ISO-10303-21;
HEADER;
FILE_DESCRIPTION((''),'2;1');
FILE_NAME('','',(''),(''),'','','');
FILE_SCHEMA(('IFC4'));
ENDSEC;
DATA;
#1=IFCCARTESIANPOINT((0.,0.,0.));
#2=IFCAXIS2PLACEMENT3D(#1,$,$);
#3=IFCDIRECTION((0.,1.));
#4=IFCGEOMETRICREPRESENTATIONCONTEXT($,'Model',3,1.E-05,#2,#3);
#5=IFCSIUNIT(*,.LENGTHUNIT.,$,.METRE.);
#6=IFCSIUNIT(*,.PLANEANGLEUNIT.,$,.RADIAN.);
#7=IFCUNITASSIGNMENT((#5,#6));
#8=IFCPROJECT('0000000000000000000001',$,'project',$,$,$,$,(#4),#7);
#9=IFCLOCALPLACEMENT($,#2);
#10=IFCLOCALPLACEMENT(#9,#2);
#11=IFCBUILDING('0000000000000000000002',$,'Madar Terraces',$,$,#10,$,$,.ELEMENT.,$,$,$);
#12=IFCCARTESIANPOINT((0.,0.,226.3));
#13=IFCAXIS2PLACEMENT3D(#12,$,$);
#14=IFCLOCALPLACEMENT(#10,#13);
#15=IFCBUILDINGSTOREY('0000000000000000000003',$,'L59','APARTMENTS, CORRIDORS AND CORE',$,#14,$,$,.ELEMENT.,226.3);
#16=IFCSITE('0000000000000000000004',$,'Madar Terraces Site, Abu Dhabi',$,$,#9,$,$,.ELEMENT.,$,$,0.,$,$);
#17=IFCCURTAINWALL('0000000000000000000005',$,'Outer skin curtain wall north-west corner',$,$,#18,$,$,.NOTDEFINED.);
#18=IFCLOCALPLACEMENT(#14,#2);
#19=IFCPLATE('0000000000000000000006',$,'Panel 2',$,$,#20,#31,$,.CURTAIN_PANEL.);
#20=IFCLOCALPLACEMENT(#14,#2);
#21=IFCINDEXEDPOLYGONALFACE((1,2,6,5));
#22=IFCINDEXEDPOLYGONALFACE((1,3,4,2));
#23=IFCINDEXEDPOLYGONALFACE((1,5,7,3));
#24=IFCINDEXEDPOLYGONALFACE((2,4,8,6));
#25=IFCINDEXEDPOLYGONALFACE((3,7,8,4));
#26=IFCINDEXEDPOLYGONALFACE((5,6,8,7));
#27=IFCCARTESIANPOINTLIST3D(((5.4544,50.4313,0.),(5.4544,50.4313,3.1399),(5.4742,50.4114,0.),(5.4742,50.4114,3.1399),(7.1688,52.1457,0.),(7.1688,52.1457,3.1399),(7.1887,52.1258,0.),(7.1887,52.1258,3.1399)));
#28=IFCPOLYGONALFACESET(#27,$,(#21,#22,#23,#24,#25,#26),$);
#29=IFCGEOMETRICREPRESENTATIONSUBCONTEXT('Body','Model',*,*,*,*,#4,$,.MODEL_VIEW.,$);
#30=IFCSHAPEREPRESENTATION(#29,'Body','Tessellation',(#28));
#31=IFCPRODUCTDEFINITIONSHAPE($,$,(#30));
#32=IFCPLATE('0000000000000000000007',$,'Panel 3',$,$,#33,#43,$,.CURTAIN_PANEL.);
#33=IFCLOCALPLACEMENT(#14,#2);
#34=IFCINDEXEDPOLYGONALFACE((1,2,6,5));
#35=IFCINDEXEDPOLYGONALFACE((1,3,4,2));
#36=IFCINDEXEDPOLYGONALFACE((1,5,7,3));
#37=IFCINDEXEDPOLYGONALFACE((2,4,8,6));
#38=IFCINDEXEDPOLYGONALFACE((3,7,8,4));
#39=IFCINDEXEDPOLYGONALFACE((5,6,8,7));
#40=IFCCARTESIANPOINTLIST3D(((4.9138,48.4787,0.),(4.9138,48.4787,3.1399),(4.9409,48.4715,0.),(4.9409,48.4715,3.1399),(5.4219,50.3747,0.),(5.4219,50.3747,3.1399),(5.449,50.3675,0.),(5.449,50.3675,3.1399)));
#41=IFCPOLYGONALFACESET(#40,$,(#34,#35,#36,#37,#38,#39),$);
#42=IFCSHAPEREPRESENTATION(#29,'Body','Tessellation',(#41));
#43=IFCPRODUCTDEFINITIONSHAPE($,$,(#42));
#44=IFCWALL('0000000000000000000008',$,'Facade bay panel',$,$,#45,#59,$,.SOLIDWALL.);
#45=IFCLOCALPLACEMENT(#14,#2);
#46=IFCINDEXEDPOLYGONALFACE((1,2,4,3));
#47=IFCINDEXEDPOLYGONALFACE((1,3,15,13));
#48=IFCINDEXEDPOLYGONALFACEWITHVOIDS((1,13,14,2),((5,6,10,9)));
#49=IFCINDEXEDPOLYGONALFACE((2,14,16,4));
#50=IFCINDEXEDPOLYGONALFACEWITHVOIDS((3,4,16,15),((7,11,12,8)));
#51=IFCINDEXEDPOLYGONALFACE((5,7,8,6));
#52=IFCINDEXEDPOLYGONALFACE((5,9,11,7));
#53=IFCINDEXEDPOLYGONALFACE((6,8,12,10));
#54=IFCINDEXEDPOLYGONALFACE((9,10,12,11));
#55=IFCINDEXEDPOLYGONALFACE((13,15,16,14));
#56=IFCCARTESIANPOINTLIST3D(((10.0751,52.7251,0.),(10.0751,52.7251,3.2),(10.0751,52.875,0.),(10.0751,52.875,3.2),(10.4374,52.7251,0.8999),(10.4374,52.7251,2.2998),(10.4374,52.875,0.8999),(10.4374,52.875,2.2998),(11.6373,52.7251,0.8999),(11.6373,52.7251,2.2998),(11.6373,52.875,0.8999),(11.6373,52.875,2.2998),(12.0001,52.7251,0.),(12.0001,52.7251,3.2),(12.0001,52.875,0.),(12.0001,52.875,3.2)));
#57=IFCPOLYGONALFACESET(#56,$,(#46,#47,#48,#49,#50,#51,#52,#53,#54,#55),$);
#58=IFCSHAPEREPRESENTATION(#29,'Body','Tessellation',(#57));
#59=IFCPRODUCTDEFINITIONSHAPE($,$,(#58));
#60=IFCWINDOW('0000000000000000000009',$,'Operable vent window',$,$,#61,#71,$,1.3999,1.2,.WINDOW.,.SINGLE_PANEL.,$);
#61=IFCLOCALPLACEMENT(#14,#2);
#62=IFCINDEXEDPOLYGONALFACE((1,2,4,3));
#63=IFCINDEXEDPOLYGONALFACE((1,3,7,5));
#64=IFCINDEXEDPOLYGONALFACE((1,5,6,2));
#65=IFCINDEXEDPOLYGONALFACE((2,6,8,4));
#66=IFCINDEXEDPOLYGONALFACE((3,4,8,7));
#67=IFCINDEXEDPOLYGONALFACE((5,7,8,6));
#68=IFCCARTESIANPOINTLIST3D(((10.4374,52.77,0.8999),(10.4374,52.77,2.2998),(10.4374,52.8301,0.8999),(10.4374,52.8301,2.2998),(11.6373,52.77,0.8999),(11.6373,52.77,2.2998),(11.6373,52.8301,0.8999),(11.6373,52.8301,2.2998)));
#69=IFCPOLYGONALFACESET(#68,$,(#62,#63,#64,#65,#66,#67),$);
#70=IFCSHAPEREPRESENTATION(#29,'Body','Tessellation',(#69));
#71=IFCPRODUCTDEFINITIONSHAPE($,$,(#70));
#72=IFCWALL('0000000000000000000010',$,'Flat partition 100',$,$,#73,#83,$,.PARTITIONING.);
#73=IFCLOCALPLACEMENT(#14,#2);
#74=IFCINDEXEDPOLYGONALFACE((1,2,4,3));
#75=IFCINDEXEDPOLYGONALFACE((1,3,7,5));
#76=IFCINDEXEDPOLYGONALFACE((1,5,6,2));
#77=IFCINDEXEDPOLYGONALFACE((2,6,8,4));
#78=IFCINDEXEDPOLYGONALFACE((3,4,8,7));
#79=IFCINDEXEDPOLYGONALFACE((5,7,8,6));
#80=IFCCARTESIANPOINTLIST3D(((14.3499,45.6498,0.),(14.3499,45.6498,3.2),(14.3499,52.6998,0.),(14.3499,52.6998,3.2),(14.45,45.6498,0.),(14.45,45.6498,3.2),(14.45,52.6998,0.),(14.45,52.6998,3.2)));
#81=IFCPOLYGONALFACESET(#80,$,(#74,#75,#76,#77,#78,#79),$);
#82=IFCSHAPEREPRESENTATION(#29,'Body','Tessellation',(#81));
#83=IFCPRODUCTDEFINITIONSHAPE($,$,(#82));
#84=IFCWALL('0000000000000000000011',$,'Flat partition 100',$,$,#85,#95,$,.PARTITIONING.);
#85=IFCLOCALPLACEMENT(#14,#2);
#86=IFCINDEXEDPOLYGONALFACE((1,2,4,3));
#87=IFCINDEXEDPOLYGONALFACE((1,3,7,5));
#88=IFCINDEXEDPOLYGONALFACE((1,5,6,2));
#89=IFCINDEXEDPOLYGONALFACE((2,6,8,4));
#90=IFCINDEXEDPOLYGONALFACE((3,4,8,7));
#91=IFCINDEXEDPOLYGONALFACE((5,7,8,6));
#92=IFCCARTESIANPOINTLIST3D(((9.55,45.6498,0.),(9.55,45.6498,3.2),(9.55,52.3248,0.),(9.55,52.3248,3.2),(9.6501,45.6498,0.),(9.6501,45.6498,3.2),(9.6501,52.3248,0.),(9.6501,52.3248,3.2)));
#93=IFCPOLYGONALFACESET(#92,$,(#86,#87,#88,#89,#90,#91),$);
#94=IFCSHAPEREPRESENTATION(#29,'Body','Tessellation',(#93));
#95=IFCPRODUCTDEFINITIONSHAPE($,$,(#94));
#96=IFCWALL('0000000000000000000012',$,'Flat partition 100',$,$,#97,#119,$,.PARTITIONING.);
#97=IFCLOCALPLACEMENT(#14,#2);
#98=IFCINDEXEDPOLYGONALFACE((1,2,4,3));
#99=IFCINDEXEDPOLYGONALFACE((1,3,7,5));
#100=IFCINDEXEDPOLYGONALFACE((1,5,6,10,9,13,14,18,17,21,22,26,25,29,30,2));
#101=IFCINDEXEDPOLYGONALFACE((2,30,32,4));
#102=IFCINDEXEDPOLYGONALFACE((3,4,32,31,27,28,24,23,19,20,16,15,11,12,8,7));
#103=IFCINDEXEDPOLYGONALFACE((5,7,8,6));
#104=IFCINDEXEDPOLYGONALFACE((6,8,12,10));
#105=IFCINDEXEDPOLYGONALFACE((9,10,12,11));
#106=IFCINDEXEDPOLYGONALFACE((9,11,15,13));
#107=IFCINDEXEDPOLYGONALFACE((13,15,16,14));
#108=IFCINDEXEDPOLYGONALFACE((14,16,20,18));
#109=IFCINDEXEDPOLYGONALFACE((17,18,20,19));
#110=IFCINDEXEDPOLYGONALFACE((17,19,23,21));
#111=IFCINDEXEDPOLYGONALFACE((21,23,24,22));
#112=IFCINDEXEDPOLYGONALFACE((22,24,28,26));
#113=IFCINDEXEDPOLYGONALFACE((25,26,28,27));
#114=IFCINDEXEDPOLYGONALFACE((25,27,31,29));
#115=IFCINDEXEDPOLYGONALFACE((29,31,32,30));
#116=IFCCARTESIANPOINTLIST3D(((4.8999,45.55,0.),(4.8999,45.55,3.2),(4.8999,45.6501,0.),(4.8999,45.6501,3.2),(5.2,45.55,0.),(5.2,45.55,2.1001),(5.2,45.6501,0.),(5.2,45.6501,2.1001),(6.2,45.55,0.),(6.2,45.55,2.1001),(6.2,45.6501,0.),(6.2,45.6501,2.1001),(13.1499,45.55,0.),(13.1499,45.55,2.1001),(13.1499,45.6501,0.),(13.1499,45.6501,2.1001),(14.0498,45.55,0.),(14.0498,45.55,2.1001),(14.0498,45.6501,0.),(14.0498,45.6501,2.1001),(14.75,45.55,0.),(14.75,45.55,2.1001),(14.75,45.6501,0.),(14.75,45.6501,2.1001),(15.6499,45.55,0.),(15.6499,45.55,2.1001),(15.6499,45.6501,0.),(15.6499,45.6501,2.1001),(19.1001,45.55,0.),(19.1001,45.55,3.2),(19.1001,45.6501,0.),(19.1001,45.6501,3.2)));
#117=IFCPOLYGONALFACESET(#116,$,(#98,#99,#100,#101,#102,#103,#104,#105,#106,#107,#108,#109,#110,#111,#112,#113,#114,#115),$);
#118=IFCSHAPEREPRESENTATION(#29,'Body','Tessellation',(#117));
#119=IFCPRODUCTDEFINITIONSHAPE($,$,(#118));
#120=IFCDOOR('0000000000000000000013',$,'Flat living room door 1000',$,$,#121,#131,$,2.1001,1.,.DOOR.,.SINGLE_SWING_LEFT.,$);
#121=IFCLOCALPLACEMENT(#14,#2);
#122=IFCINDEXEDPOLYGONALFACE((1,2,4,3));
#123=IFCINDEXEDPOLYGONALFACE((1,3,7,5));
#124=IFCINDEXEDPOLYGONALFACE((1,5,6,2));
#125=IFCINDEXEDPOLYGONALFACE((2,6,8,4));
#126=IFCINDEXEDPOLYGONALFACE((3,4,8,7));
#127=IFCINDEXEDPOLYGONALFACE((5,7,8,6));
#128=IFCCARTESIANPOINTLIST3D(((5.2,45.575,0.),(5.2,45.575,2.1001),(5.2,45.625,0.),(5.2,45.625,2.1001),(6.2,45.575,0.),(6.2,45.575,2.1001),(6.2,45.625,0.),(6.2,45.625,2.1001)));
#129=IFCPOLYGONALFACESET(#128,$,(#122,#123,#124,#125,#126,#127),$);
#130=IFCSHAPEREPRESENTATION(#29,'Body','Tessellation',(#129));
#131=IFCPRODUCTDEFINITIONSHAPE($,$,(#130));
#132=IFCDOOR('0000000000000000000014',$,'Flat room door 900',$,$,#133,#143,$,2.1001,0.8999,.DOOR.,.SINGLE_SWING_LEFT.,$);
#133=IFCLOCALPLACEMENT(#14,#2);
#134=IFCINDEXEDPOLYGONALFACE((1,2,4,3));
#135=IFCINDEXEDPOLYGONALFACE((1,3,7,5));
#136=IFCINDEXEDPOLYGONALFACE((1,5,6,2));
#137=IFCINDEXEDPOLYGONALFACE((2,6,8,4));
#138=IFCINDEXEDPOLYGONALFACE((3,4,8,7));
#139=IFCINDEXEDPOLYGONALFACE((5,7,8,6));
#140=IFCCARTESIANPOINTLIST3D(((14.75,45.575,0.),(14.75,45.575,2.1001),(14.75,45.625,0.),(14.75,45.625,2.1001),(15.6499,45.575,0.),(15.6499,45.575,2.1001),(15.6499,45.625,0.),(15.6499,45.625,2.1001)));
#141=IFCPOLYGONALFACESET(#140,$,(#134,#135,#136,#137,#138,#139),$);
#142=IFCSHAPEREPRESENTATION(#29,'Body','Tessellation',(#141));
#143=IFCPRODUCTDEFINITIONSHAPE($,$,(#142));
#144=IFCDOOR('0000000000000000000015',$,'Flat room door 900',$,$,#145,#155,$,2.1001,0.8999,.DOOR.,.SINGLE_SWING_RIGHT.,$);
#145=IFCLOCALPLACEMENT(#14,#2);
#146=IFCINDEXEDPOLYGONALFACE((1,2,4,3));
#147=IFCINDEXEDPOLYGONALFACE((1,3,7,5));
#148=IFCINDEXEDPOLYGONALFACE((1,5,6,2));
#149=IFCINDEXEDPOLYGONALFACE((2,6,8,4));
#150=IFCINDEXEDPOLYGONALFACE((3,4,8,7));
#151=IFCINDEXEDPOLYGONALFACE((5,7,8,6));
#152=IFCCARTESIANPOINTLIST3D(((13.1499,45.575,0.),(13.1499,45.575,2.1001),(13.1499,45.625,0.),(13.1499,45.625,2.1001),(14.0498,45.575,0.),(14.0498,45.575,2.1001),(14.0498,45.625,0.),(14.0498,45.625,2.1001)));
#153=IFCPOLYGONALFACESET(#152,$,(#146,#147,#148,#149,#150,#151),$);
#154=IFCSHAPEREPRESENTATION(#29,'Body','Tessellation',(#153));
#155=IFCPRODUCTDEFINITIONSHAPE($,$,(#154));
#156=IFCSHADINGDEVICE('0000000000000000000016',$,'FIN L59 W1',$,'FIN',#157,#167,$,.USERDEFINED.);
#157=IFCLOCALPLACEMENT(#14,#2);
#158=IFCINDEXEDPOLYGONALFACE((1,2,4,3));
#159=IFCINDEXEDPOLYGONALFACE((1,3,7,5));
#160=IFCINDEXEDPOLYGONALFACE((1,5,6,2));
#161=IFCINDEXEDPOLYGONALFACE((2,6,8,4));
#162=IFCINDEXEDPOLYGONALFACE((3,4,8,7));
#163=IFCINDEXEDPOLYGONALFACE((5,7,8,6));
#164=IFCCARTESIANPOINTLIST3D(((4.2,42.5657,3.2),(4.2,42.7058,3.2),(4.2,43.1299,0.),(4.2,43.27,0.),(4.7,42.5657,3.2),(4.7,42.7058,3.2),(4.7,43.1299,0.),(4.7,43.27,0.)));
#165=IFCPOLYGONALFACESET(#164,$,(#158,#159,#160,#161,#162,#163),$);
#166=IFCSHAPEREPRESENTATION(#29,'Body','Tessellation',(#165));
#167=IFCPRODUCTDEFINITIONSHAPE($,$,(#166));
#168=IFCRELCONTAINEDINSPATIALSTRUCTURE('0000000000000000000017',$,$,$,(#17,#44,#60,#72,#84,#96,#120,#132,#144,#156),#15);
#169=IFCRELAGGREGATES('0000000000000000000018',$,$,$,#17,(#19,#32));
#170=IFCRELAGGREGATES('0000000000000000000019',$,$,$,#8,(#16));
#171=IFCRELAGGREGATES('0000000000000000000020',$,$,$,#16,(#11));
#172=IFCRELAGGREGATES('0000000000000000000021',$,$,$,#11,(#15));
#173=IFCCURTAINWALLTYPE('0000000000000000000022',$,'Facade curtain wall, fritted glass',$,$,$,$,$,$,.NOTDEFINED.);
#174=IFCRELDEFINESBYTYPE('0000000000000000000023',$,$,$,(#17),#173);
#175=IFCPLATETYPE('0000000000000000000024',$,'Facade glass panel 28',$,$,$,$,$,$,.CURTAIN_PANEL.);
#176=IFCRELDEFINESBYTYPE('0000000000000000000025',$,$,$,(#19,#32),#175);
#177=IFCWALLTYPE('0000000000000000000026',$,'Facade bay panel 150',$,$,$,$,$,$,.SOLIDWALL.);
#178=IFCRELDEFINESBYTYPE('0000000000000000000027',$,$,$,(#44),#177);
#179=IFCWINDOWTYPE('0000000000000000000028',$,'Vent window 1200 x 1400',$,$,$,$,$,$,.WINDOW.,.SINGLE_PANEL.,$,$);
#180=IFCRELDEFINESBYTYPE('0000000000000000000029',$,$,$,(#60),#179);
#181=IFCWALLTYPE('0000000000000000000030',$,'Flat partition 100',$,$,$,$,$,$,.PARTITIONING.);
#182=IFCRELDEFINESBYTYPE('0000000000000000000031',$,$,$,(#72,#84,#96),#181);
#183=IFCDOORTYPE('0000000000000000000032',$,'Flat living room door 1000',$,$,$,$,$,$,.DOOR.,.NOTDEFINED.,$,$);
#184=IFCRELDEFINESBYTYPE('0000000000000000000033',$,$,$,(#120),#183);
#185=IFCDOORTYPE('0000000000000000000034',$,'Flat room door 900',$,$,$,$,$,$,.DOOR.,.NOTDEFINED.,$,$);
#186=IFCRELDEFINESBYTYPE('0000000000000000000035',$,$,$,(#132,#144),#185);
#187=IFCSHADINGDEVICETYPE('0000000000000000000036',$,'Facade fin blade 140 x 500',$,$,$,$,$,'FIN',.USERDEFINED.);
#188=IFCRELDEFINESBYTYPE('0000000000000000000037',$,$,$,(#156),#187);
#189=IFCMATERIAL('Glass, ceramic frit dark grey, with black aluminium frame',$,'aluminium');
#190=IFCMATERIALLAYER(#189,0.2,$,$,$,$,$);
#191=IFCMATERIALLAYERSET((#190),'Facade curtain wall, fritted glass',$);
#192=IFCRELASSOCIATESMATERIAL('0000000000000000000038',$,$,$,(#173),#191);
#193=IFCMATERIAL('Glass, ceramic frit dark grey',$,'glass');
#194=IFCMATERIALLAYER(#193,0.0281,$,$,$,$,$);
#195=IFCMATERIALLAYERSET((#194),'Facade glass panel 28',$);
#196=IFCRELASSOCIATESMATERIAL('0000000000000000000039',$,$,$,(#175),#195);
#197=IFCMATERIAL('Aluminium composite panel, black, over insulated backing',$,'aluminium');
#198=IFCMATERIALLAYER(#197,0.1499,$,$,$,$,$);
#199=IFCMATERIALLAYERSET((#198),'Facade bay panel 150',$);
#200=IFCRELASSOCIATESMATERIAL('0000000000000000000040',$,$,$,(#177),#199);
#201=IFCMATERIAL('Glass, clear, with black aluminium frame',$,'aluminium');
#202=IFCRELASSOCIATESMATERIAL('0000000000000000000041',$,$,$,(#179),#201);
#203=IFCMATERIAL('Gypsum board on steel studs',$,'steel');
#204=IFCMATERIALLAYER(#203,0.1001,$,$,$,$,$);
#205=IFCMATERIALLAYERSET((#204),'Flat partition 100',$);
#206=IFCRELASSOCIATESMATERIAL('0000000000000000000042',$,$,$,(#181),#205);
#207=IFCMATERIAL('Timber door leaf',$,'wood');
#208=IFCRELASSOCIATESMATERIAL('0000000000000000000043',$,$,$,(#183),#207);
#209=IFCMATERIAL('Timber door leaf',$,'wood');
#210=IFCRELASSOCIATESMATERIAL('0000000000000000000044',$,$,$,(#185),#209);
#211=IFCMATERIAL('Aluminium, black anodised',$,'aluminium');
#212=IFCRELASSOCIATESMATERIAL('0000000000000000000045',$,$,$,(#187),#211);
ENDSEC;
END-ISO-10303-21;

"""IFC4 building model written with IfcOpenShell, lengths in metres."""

from ifc_helpers import new_model, si_unit, direction, frame, frame_2d, origin, origin_2d, place, context, subcontext, project, spatial, polyline, rectangle, outline, extrude, material, layer, layer_set, type_object, element, fill, aggregate, save


model = new_model("IFC4")

# Units and contexts
model_context = context("Model", 3, precision=1e-05, world=origin(), true_north=direction((0.0, 1.0)))
body_context = subcontext(model_context, "Body", "Model", "MODEL_VIEW")
ifc_project = project(units=[si_unit("LENGTHUNIT", "METRE"), si_unit("PLANEANGLEUNIT", "RADIAN")], contexts=[model_context])

# Site, building, storey
site_placement = place(None, origin())
site = spatial("IfcSite", under=ifc_project, at=site_placement, Name="Madar Terraces Site, Abu Dhabi", CompositionType="ELEMENT", RefElevation=0.0)
building_placement = place(site_placement, origin())
building = spatial("IfcBuilding", under=site, at=building_placement, Name="Madar Terraces", CompositionType="ELEMENT")
storey_placement = place(building_placement, frame((0.0, 0.0, 226.3)))
storey = spatial("IfcBuildingStorey", under=building, at=storey_placement, Name="L59", Description="APARTMENTS, CORRIDORS AND CORE", CompositionType="ELEMENT", Elevation=226.3)

# Shared definitions
ifc_material_1 = material(Name="Glass, ceramic frit dark grey, with black aluminium frame", Category="aluminium")
ifc_layer_1 = layer(ifc_material_1, 0.2)
ifc_layer_set_1 = layer_set([ifc_layer_1], Name="Facade curtain wall, fritted glass")
curtain_wall_type = type_object("IfcCurtainWallType", Name="Facade curtain wall, fritted glass", PredefinedType="NOTDEFINED", material=ifc_layer_set_1)

# Curtain wall
curtain_wall_1_placement = place(storey_placement, origin())
curtain_wall_1 = element("IfcCurtainWall", 1, at=curtain_wall_1_placement, inside=storey, type_object=curtain_wall_type, Name="Outer skin curtain wall north-west corner", PredefinedType="NOTDEFINED")

# Plates
ifc_material_2 = material(Name="Glass, ceramic frit dark grey", Category="glass")
ifc_layer_2 = layer(ifc_material_2, 0.0281)
ifc_layer_set_2 = layer_set([ifc_layer_2], Name="Facade glass panel 28")
plate_type = type_object("IfcPlateType", Name="Facade glass panel 28", PredefinedType="CURTAIN_PANEL", material=ifc_layer_set_2)
plate_1_placement = place(storey_placement, frame((6.3215, 51.2786, 0.0), z_axis=(0.0, 0.0, 1.0), x_axis=(-0.707107, -0.707107, 0.0)))
plate_1 = element("IfcPlate", 2, at=plate_1_placement, type_object=plate_type, Name="Panel 2", PredefinedType="CURTAIN_PANEL", context=body_context, shape_type="SweptSolid", body=[
    extrude(rectangle(XDim=2.4246, YDim=0.0281, at=origin_2d()), origin(), (0.0, 0.0, 1.0), 3.1399),
])
plate_2_placement = place(storey_placement, frame((5.1814, 49.4231, 0.0), z_axis=(0.0, 0.0, 1.0), x_axis=(-0.258819, -0.965926, 0.0)))
plate_2 = element("IfcPlate", 3, at=plate_2_placement, type_object=plate_type, Name="Panel 3", PredefinedType="CURTAIN_PANEL", context=body_context, shape_type="SweptSolid", body=[
    extrude(rectangle(XDim=1.9629, YDim=0.0281, at=origin_2d()), origin(), (0.0, 0.0, 1.0), 3.1399),
])
aggregate(curtain_wall_1, [plate_1, plate_2])

# Wall, opening, window
ifc_material_3 = material(Name="Aluminium composite panel, black, over insulated backing", Category="aluminium")
ifc_layer_3 = layer(ifc_material_3, 0.1499)
ifc_layer_set_3 = layer_set([ifc_layer_3], Name="Facade bay panel 150")
wall_type_1 = type_object("IfcWallType", Name="Facade bay panel 150", PredefinedType="SOLIDWALL", material=ifc_layer_set_3)
wall_1_placement = place(storey_placement, frame((12.0, 52.8, 0.0), z_axis=(0.0, 0.0, 1.0), x_axis=(-1.0, 0.0, 0.0)))
wall_1 = element("IfcWall", 4, at=wall_1_placement, inside=storey, type_object=wall_type_1, Name="Facade bay panel", PredefinedType="SOLIDWALL", context=body_context, shape_type="SweptSolid", body=[
    extrude(rectangle(XDim=1.925, YDim=0.1499, at=frame_2d((0.9624, 0.0))), origin(), (0.0, 0.0, 1.0), 3.2),
])
opening_1_placement = place(wall_1_placement, frame((0.3625, 0.0, 0.8999)))
opening_1 = element("IfcOpeningElement", 5, at=opening_1_placement, cuts=wall_1, PredefinedType="OPENING", context=body_context, shape_type="SweptSolid", body=[
    extrude(rectangle(XDim=1.2, YDim=1.3999, at=frame_2d((0.6001, 0.7))), frame((0.0, 0.085, 0.0), z_axis=(0.0, -1.0, 0.0), x_axis=(1.0, 0.0, 0.0)), (0.0, 0.0, 1.0), 0.1699),
])
ifc_material_4 = material(Name="Glass, clear, with black aluminium frame", Category="aluminium")
window_type = type_object("IfcWindowType", Name="Vent window 1200 x 1400", PartitioningType="SINGLE_PANEL", PredefinedType="WINDOW", material=ifc_material_4)
window_placement = place(opening_1_placement, origin())
window = element("IfcWindow", 6, at=window_placement, inside=storey, type_object=window_type, Name="Operable vent window", OverallHeight=1.3999, OverallWidth=1.2, PartitioningType="SINGLE_PANEL", PredefinedType="WINDOW", context=body_context, shape_type="SweptSolid", body=[
    extrude(rectangle(XDim=1.2, YDim=1.3999, at=frame_2d((0.6001, 0.7))), frame((0.0, 0.03, 0.0), z_axis=(0.0, -1.0, 0.0), x_axis=(1.0, 0.0, 0.0)), (0.0, 0.0, 1.0), 0.0601),
])
fill(opening_1, window)

# Walls
ifc_material_5 = material(Name="Gypsum board on steel studs", Category="steel")
ifc_layer_4 = layer(ifc_material_5, 0.1001)
ifc_layer_set_4 = layer_set([ifc_layer_4], Name="Flat partition 100")
wall_type_2 = type_object("IfcWallType", Name="Flat partition 100", PredefinedType="PARTITIONING", material=ifc_layer_set_4)
wall_2_placement = place(storey_placement, frame((14.3999, 45.6499, 0.0), z_axis=(0.0, 0.0, 1.0), x_axis=(0.0, 1.0, 0.0)))
element("IfcWall", 7, at=wall_2_placement, inside=storey, type_object=wall_type_2, Name="Flat partition 100", PredefinedType="PARTITIONING", context=body_context, shape_type="SweptSolid", body=[
    extrude(rectangle(XDim=7.05, YDim=0.1001, at=frame_2d((3.5249, 0.0))), origin(), (0.0, 0.0, 1.0), 3.2),
])
wall_3_placement = place(storey_placement, frame((9.6001, 45.6499, 0.0), z_axis=(0.0, 0.0, 1.0), x_axis=(0.0, 1.0, 0.0)))
element("IfcWall", 8, at=wall_3_placement, inside=storey, type_object=wall_type_2, Name="Flat partition 100", PredefinedType="PARTITIONING", context=body_context, shape_type="SweptSolid", body=[
    extrude(rectangle(XDim=6.675, YDim=0.1001, at=frame_2d((3.3374, 0.0))), origin(), (0.0, 0.0, 1.0), 3.2),
])

# Wall, openings, doors
wall_4_placement = place(storey_placement, frame((4.8999, 45.6001, 0.0), z_axis=(0.0, 0.0, 1.0), x_axis=(1.0, 0.0, 0.0)))
wall_4 = element("IfcWall", 9, at=wall_4_placement, inside=storey, type_object=wall_type_2, Name="Flat partition 100", PredefinedType="PARTITIONING", context=body_context, shape_type="SweptSolid", body=[
    extrude(rectangle(XDim=14.2002, YDim=0.1001, at=frame_2d((7.1001, 0.0))), origin(), (0.0, 0.0, 1.0), 3.2),
])
opening_2_placement = place(wall_4_placement, frame((9.8501, 0.0, 0.0)))
opening_2 = element("IfcOpeningElement", 10, at=opening_2_placement, cuts=wall_4, PredefinedType="OPENING", context=body_context, shape_type="SweptSolid", body=[
    extrude(rectangle(XDim=0.8999, YDim=2.1001, at=frame_2d((0.45, 1.05))), frame((0.0, 0.0601, 0.0), z_axis=(0.0, -1.0, 0.0), x_axis=(1.0, 0.0, 0.0)), (0.0, 0.0, 1.0), 0.1201),
])
opening_3_placement = place(wall_4_placement, frame((8.25, 0.0, 0.0)))
opening_3 = element("IfcOpeningElement", 11, at=opening_3_placement, cuts=wall_4, PredefinedType="OPENING", context=body_context, shape_type="SweptSolid", body=[
    extrude(rectangle(XDim=0.8999, YDim=2.1001, at=frame_2d((0.45, 1.05))), frame((0.0, 0.0601, 0.0), z_axis=(0.0, -1.0, 0.0), x_axis=(1.0, 0.0, 0.0)), (0.0, 0.0, 1.0), 0.1201),
])
opening_4_placement = place(wall_4_placement, frame((0.3, 0.0, 0.0)))
opening_4 = element("IfcOpeningElement", 12, at=opening_4_placement, cuts=wall_4, PredefinedType="OPENING", context=body_context, shape_type="SweptSolid", body=[
    extrude(rectangle(XDim=1.0, YDim=2.1001, at=frame_2d((0.5, 1.05))), frame((0.0, 0.0601, 0.0), z_axis=(0.0, -1.0, 0.0), x_axis=(1.0, 0.0, 0.0)), (0.0, 0.0, 1.0), 0.1201),
])
ifc_material_6 = material(Name="Timber door leaf", Category="wood")
door_type_1 = type_object("IfcDoorType", Name="Flat living room door 1000", OperationType="NOTDEFINED", PredefinedType="DOOR", material=ifc_material_6)
door_1_placement = place(opening_4_placement, origin())
door_1 = element("IfcDoor", 13, at=door_1_placement, inside=storey, type_object=door_type_1, Name="Flat living room door 1000", OperationType="SINGLE_SWING_LEFT", OverallHeight=2.1001, OverallWidth=1.0, PredefinedType="DOOR", context=body_context, shape_type="SweptSolid", body=[
    extrude(rectangle(XDim=1.0, YDim=2.1001, at=frame_2d((0.5, 1.05))), frame((0.0, 0.0249, 0.0), z_axis=(0.0, -1.0, 0.0), x_axis=(1.0, 0.0, 0.0)), (0.0, 0.0, 1.0), 0.05),
])
fill(opening_4, door_1)
ifc_material_7 = material(Name="Timber door leaf", Category="wood")
door_type_2 = type_object("IfcDoorType", Name="Flat room door 900", OperationType="NOTDEFINED", PredefinedType="DOOR", material=ifc_material_7)
door_2_placement = place(opening_2_placement, origin())
door_2 = element("IfcDoor", 14, at=door_2_placement, inside=storey, type_object=door_type_2, Name="Flat room door 900", OperationType="SINGLE_SWING_LEFT", OverallHeight=2.1001, OverallWidth=0.8999, PredefinedType="DOOR", context=body_context, shape_type="SweptSolid", body=[
    extrude(rectangle(XDim=0.8999, YDim=2.1001, at=frame_2d((0.45, 1.05))), frame((0.0, 0.0249, 0.0), z_axis=(0.0, -1.0, 0.0), x_axis=(1.0, 0.0, 0.0)), (0.0, 0.0, 1.0), 0.05),
])
fill(opening_2, door_2)
door_3_placement = place(opening_3_placement, origin())
door_3 = element("IfcDoor", 15, at=door_3_placement, inside=storey, type_object=door_type_2, Name="Flat room door 900", OperationType="SINGLE_SWING_RIGHT", OverallHeight=2.1001, OverallWidth=0.8999, PredefinedType="DOOR", context=body_context, shape_type="SweptSolid", body=[
    extrude(rectangle(XDim=0.8999, YDim=2.1001, at=frame_2d((0.45, 1.05))), frame((0.0, 0.0249, 0.0), z_axis=(0.0, -1.0, 0.0), x_axis=(1.0, 0.0, 0.0)), (0.0, 0.0, 1.0), 0.05),
])
fill(opening_3, door_3)

# Shading device
ifc_material_8 = material(Name="Aluminium, black anodised", Category="aluminium")
shading_device_type = type_object("IfcShadingDeviceType", Name="Facade fin blade 140 x 500", ElementType="FIN", PredefinedType="USERDEFINED", material=ifc_material_8)
shading_device_placement = place(storey_placement, frame((4.45, 43.27, 0.0), z_axis=(0.0, 0.0, 1.0), x_axis=(0.0, -1.0, 0.0)))
element("IfcShadingDevice", 16, at=shading_device_placement, inside=storey, type_object=shading_device_type, Name="FIN L59 W1", ObjectType="FIN", PredefinedType="USERDEFINED", context=body_context, shape_type="SweptSolid", body=[
    extrude(outline(polyline([(0.0, 0.0), (0.1401, 0.0), (0.7043, 3.2), (0.5642, 3.2), (0.0, 0.0)])), frame((0.0, 0.25, 0.0), z_axis=(0.0, -1.0, 0.0), x_axis=(1.0, 0.0, 0.0)), (0.0, 0.0, 1.0), 0.5),
])

save(model, "model.ifc")
